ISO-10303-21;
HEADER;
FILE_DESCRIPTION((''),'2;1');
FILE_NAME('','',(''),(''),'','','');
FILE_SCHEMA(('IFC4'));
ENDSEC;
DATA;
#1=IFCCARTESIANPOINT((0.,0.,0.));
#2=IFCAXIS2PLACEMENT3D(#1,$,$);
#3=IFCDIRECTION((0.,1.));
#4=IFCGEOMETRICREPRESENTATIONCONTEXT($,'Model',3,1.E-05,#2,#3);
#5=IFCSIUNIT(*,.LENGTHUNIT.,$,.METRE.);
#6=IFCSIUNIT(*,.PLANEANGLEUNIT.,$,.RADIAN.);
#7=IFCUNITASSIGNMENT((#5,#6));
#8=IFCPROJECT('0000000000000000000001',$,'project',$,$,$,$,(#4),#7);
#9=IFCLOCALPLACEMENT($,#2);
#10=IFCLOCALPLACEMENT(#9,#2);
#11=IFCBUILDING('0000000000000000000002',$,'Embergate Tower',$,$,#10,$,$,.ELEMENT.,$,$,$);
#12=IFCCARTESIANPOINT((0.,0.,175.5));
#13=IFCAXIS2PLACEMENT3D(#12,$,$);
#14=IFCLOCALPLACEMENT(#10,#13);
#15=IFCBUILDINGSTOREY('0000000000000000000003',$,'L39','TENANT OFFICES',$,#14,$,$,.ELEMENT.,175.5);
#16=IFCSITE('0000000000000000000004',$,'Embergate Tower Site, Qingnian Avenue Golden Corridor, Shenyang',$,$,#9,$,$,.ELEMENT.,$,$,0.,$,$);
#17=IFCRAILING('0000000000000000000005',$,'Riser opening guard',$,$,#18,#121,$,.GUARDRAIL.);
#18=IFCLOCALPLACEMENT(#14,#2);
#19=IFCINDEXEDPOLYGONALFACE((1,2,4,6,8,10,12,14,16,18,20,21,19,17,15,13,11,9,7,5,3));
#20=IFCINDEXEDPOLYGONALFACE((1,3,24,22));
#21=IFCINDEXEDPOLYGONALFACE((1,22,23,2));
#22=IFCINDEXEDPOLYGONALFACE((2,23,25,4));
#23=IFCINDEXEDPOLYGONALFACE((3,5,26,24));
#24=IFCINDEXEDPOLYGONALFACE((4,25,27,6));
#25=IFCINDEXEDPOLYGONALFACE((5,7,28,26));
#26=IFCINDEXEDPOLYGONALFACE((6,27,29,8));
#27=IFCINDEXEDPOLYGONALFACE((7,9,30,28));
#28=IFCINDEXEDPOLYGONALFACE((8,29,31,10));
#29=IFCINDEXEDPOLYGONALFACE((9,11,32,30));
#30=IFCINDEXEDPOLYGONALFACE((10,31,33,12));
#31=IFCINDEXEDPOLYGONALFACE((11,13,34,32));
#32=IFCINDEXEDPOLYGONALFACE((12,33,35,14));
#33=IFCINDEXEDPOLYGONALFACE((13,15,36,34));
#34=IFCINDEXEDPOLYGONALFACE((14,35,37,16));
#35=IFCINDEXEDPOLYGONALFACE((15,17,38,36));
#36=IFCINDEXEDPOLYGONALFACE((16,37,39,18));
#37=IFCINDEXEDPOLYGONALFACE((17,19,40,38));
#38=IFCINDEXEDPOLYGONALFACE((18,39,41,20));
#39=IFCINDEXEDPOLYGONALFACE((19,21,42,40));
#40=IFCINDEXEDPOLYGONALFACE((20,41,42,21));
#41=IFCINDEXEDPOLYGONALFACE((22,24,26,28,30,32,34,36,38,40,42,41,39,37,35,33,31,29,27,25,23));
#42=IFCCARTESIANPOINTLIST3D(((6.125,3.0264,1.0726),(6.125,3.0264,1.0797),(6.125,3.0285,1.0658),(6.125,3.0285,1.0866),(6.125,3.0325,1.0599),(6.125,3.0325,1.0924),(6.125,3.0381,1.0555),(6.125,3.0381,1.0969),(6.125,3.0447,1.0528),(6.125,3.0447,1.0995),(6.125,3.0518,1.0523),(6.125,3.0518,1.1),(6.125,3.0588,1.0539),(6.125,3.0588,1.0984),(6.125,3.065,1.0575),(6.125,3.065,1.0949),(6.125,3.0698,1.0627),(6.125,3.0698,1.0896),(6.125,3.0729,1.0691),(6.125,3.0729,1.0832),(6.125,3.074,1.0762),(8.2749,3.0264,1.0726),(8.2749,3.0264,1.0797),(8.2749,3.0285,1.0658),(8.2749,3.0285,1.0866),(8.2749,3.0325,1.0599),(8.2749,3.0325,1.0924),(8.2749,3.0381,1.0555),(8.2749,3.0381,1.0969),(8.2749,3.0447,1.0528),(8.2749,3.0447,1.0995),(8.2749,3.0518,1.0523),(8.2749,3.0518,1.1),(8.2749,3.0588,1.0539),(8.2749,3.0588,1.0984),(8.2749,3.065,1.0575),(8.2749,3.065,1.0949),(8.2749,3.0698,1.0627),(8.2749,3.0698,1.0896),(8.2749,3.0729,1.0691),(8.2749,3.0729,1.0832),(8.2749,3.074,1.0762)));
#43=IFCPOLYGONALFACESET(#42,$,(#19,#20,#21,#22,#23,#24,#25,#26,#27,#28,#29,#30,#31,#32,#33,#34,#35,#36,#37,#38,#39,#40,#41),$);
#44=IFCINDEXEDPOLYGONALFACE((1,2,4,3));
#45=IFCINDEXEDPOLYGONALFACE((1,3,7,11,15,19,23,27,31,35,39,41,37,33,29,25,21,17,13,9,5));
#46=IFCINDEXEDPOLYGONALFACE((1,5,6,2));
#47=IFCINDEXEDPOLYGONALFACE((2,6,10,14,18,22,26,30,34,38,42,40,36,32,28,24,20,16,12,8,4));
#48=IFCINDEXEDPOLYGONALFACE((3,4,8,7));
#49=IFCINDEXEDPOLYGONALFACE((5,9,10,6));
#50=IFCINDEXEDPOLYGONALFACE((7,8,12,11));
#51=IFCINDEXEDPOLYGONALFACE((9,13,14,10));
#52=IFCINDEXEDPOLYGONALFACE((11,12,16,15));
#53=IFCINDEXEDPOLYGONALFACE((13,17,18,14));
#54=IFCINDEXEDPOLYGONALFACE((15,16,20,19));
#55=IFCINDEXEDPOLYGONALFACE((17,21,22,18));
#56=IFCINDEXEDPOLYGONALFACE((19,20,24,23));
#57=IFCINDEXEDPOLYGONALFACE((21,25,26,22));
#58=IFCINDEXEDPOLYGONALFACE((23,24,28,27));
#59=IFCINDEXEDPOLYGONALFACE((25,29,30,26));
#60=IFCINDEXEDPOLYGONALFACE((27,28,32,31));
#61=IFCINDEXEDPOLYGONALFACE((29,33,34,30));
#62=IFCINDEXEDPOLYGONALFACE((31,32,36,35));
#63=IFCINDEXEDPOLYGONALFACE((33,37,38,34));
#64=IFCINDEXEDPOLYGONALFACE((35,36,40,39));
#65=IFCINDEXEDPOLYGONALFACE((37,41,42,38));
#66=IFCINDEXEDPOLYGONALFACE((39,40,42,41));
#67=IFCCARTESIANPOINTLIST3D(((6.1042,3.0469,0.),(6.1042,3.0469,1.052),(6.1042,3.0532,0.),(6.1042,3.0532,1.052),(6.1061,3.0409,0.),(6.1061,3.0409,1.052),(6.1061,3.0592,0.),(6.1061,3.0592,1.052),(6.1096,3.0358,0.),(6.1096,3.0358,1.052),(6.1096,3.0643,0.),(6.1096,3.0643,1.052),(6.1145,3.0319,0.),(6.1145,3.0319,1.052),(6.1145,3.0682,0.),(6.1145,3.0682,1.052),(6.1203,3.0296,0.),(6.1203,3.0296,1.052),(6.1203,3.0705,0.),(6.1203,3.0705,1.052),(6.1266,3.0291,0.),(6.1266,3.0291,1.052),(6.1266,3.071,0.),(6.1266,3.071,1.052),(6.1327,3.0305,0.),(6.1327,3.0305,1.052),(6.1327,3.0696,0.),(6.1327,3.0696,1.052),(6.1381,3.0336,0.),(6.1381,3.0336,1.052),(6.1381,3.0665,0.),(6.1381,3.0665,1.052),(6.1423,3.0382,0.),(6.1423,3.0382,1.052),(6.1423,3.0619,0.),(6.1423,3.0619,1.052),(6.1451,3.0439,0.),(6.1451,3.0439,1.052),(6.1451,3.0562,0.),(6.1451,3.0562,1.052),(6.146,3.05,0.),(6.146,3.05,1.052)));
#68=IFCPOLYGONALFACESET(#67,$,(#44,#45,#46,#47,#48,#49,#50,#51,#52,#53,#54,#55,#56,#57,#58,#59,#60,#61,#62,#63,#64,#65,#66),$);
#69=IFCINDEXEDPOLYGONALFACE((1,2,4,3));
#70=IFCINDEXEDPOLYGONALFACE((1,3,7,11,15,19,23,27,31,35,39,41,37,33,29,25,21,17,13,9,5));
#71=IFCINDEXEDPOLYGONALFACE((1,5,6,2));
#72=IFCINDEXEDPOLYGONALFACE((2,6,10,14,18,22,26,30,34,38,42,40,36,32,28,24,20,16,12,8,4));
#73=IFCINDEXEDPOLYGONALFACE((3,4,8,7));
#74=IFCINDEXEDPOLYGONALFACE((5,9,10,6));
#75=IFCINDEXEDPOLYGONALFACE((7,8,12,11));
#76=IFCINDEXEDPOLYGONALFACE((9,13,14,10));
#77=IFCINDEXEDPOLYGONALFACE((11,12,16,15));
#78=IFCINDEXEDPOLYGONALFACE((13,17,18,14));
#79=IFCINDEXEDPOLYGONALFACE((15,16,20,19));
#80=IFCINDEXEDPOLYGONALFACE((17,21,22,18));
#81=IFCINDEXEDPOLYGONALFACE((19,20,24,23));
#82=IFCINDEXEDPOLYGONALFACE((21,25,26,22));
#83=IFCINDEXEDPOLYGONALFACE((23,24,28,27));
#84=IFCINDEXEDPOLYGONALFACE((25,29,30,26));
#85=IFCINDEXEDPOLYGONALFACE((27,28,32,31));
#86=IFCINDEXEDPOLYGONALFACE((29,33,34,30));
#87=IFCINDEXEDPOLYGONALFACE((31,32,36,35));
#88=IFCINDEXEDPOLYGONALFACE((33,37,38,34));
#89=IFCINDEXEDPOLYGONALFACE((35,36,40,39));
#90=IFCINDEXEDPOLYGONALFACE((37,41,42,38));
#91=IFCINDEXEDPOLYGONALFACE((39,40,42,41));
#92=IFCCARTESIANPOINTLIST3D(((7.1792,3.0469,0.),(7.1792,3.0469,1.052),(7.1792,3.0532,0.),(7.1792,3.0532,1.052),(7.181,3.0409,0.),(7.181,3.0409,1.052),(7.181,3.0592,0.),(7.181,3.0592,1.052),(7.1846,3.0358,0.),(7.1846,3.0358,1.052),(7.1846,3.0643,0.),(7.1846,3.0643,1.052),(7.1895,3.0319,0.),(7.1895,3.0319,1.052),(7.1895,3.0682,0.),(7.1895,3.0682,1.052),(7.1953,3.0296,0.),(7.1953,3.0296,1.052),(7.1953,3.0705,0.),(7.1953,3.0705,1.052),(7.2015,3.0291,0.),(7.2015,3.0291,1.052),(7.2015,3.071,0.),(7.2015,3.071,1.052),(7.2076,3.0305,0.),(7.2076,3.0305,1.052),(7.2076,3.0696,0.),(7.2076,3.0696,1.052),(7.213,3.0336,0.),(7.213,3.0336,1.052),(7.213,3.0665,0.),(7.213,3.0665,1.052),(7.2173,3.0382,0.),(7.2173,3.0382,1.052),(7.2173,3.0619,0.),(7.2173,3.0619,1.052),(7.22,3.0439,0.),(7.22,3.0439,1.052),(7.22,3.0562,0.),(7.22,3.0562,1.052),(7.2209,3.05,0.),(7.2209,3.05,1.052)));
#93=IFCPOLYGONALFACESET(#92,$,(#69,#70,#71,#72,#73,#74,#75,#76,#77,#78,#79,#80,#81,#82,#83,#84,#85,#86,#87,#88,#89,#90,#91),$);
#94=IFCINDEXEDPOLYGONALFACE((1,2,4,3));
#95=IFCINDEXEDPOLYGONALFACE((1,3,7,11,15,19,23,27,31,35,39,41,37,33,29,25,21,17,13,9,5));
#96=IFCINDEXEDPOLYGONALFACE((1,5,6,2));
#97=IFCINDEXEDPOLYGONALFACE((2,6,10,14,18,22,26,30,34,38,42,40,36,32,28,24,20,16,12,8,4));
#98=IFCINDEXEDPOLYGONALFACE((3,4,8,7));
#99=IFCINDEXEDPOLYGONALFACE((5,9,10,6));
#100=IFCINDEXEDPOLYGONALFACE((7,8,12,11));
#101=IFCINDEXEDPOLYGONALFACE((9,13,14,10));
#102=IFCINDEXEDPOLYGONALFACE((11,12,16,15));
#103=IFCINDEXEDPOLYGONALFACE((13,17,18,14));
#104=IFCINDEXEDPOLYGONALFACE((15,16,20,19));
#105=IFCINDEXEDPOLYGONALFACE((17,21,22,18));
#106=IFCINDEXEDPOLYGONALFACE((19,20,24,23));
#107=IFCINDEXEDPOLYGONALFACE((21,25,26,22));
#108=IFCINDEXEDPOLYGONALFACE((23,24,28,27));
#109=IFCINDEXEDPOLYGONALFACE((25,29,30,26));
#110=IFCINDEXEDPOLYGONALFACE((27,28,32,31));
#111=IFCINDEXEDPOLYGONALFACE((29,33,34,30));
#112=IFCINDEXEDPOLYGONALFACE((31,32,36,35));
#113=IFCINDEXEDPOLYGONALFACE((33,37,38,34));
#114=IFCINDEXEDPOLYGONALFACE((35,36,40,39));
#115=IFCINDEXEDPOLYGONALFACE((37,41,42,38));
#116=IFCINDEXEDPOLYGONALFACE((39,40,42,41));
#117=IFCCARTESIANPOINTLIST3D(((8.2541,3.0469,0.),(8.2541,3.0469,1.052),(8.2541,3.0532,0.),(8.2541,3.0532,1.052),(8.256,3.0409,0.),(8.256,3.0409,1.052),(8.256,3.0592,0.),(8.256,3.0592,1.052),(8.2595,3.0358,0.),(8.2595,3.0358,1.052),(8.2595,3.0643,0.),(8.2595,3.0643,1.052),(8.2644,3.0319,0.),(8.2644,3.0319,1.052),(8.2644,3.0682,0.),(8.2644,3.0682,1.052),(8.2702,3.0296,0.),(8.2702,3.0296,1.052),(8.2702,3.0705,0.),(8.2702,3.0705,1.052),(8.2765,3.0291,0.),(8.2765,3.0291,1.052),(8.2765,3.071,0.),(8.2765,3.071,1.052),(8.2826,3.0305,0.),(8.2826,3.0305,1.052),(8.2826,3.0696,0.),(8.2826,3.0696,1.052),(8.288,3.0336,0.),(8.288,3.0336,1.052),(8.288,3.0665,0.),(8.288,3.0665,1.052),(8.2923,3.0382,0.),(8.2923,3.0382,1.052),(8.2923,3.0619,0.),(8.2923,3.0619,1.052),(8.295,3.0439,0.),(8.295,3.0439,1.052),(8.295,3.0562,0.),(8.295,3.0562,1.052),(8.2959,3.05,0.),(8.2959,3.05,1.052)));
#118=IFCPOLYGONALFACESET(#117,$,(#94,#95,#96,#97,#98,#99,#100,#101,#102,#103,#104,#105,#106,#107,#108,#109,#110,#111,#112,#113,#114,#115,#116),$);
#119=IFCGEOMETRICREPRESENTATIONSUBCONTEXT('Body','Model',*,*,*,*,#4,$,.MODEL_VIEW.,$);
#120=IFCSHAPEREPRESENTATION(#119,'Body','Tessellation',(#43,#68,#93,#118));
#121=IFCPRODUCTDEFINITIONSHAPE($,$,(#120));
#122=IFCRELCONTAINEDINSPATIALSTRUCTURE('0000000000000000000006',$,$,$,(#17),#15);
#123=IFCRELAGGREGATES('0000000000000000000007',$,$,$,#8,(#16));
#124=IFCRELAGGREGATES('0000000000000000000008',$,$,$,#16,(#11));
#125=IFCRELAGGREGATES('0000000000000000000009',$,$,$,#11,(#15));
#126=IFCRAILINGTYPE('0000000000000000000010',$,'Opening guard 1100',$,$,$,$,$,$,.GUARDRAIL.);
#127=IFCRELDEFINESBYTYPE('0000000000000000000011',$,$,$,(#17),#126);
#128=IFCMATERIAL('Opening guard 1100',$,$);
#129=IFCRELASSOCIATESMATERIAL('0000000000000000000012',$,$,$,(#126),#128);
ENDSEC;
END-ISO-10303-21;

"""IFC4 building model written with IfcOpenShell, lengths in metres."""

from ifc_helpers import new_model, si_unit, direction, frame, origin, origin_2d, place, context, subcontext, project, spatial, circle, extrude, source, transform, mapped, material, type_object, element, save


model = new_model("IFC4")

# Units and contexts
model_context = context("Model", 3, precision=1e-05, world=origin(), true_north=direction((0.0, 1.0)))
body_context = subcontext(model_context, "Body", "Model", "MODEL_VIEW")
ifc_project = project(units=[si_unit("LENGTHUNIT", "METRE"), si_unit("PLANEANGLEUNIT", "RADIAN")], contexts=[model_context])

# Site, building, storey
site_placement = place(None, origin())
site = spatial("IfcSite", under=ifc_project, at=site_placement, Name="Embergate Tower Site, Qingnian Avenue Golden Corridor, Shenyang", CompositionType="ELEMENT", RefElevation=0.0)
building_placement = place(site_placement, origin())
building = spatial("IfcBuilding", under=site, at=building_placement, Name="Embergate Tower", CompositionType="ELEMENT")
storey_placement = place(building_placement, frame((0.0, 0.0, 175.5)))
storey = spatial("IfcBuildingStorey", under=building, at=storey_placement, Name="L39", Description="TENANT OFFICES", CompositionType="ELEMENT", Elevation=175.5)

# Railing
ifc_material_1 = material(Name="Opening guard 1100")
railing_type = type_object("IfcRailingType", Name="Opening guard 1100", PredefinedType="GUARDRAIL", material=ifc_material_1)
shared_shape_1 = source(origin(), body_context, "Body", "SweptSolid", [
    extrude(circle(Radius=0.0239, at=origin_2d()), frame((0.0, 0.0, 1.0762), z_axis=(1.0, 0.0, 0.0), x_axis=(0.0, 1.0, 0.0)), (0.0, 0.0, 1.0), 2.1499),
    extrude(circle(Radius=0.021, at=origin_2d()), origin(), (0.0, 0.0, 1.0), 1.052),
    extrude(circle(Radius=0.021, at=origin_2d()), frame((1.075, 0.0, 0.0)), (0.0, 0.0, 1.0), 1.052),
    extrude(circle(Radius=0.021, at=origin_2d()), frame((2.1499, 0.0, 0.0)), (0.0, 0.0, 1.0), 1.052),
])
railing_placement = place(storey_placement, frame((6.125, 3.05, 0.0)))
element("IfcRailing", 1, at=railing_placement, inside=storey, type_object=railing_type, Name="Riser opening guard", PredefinedType="GUARDRAIL", context=body_context, shape_type="MappedRepresentation", body=[
    mapped(shared_shape_1, transform((0.0, 0.0, 0.0))),
])

save(model, "model.ifc")
